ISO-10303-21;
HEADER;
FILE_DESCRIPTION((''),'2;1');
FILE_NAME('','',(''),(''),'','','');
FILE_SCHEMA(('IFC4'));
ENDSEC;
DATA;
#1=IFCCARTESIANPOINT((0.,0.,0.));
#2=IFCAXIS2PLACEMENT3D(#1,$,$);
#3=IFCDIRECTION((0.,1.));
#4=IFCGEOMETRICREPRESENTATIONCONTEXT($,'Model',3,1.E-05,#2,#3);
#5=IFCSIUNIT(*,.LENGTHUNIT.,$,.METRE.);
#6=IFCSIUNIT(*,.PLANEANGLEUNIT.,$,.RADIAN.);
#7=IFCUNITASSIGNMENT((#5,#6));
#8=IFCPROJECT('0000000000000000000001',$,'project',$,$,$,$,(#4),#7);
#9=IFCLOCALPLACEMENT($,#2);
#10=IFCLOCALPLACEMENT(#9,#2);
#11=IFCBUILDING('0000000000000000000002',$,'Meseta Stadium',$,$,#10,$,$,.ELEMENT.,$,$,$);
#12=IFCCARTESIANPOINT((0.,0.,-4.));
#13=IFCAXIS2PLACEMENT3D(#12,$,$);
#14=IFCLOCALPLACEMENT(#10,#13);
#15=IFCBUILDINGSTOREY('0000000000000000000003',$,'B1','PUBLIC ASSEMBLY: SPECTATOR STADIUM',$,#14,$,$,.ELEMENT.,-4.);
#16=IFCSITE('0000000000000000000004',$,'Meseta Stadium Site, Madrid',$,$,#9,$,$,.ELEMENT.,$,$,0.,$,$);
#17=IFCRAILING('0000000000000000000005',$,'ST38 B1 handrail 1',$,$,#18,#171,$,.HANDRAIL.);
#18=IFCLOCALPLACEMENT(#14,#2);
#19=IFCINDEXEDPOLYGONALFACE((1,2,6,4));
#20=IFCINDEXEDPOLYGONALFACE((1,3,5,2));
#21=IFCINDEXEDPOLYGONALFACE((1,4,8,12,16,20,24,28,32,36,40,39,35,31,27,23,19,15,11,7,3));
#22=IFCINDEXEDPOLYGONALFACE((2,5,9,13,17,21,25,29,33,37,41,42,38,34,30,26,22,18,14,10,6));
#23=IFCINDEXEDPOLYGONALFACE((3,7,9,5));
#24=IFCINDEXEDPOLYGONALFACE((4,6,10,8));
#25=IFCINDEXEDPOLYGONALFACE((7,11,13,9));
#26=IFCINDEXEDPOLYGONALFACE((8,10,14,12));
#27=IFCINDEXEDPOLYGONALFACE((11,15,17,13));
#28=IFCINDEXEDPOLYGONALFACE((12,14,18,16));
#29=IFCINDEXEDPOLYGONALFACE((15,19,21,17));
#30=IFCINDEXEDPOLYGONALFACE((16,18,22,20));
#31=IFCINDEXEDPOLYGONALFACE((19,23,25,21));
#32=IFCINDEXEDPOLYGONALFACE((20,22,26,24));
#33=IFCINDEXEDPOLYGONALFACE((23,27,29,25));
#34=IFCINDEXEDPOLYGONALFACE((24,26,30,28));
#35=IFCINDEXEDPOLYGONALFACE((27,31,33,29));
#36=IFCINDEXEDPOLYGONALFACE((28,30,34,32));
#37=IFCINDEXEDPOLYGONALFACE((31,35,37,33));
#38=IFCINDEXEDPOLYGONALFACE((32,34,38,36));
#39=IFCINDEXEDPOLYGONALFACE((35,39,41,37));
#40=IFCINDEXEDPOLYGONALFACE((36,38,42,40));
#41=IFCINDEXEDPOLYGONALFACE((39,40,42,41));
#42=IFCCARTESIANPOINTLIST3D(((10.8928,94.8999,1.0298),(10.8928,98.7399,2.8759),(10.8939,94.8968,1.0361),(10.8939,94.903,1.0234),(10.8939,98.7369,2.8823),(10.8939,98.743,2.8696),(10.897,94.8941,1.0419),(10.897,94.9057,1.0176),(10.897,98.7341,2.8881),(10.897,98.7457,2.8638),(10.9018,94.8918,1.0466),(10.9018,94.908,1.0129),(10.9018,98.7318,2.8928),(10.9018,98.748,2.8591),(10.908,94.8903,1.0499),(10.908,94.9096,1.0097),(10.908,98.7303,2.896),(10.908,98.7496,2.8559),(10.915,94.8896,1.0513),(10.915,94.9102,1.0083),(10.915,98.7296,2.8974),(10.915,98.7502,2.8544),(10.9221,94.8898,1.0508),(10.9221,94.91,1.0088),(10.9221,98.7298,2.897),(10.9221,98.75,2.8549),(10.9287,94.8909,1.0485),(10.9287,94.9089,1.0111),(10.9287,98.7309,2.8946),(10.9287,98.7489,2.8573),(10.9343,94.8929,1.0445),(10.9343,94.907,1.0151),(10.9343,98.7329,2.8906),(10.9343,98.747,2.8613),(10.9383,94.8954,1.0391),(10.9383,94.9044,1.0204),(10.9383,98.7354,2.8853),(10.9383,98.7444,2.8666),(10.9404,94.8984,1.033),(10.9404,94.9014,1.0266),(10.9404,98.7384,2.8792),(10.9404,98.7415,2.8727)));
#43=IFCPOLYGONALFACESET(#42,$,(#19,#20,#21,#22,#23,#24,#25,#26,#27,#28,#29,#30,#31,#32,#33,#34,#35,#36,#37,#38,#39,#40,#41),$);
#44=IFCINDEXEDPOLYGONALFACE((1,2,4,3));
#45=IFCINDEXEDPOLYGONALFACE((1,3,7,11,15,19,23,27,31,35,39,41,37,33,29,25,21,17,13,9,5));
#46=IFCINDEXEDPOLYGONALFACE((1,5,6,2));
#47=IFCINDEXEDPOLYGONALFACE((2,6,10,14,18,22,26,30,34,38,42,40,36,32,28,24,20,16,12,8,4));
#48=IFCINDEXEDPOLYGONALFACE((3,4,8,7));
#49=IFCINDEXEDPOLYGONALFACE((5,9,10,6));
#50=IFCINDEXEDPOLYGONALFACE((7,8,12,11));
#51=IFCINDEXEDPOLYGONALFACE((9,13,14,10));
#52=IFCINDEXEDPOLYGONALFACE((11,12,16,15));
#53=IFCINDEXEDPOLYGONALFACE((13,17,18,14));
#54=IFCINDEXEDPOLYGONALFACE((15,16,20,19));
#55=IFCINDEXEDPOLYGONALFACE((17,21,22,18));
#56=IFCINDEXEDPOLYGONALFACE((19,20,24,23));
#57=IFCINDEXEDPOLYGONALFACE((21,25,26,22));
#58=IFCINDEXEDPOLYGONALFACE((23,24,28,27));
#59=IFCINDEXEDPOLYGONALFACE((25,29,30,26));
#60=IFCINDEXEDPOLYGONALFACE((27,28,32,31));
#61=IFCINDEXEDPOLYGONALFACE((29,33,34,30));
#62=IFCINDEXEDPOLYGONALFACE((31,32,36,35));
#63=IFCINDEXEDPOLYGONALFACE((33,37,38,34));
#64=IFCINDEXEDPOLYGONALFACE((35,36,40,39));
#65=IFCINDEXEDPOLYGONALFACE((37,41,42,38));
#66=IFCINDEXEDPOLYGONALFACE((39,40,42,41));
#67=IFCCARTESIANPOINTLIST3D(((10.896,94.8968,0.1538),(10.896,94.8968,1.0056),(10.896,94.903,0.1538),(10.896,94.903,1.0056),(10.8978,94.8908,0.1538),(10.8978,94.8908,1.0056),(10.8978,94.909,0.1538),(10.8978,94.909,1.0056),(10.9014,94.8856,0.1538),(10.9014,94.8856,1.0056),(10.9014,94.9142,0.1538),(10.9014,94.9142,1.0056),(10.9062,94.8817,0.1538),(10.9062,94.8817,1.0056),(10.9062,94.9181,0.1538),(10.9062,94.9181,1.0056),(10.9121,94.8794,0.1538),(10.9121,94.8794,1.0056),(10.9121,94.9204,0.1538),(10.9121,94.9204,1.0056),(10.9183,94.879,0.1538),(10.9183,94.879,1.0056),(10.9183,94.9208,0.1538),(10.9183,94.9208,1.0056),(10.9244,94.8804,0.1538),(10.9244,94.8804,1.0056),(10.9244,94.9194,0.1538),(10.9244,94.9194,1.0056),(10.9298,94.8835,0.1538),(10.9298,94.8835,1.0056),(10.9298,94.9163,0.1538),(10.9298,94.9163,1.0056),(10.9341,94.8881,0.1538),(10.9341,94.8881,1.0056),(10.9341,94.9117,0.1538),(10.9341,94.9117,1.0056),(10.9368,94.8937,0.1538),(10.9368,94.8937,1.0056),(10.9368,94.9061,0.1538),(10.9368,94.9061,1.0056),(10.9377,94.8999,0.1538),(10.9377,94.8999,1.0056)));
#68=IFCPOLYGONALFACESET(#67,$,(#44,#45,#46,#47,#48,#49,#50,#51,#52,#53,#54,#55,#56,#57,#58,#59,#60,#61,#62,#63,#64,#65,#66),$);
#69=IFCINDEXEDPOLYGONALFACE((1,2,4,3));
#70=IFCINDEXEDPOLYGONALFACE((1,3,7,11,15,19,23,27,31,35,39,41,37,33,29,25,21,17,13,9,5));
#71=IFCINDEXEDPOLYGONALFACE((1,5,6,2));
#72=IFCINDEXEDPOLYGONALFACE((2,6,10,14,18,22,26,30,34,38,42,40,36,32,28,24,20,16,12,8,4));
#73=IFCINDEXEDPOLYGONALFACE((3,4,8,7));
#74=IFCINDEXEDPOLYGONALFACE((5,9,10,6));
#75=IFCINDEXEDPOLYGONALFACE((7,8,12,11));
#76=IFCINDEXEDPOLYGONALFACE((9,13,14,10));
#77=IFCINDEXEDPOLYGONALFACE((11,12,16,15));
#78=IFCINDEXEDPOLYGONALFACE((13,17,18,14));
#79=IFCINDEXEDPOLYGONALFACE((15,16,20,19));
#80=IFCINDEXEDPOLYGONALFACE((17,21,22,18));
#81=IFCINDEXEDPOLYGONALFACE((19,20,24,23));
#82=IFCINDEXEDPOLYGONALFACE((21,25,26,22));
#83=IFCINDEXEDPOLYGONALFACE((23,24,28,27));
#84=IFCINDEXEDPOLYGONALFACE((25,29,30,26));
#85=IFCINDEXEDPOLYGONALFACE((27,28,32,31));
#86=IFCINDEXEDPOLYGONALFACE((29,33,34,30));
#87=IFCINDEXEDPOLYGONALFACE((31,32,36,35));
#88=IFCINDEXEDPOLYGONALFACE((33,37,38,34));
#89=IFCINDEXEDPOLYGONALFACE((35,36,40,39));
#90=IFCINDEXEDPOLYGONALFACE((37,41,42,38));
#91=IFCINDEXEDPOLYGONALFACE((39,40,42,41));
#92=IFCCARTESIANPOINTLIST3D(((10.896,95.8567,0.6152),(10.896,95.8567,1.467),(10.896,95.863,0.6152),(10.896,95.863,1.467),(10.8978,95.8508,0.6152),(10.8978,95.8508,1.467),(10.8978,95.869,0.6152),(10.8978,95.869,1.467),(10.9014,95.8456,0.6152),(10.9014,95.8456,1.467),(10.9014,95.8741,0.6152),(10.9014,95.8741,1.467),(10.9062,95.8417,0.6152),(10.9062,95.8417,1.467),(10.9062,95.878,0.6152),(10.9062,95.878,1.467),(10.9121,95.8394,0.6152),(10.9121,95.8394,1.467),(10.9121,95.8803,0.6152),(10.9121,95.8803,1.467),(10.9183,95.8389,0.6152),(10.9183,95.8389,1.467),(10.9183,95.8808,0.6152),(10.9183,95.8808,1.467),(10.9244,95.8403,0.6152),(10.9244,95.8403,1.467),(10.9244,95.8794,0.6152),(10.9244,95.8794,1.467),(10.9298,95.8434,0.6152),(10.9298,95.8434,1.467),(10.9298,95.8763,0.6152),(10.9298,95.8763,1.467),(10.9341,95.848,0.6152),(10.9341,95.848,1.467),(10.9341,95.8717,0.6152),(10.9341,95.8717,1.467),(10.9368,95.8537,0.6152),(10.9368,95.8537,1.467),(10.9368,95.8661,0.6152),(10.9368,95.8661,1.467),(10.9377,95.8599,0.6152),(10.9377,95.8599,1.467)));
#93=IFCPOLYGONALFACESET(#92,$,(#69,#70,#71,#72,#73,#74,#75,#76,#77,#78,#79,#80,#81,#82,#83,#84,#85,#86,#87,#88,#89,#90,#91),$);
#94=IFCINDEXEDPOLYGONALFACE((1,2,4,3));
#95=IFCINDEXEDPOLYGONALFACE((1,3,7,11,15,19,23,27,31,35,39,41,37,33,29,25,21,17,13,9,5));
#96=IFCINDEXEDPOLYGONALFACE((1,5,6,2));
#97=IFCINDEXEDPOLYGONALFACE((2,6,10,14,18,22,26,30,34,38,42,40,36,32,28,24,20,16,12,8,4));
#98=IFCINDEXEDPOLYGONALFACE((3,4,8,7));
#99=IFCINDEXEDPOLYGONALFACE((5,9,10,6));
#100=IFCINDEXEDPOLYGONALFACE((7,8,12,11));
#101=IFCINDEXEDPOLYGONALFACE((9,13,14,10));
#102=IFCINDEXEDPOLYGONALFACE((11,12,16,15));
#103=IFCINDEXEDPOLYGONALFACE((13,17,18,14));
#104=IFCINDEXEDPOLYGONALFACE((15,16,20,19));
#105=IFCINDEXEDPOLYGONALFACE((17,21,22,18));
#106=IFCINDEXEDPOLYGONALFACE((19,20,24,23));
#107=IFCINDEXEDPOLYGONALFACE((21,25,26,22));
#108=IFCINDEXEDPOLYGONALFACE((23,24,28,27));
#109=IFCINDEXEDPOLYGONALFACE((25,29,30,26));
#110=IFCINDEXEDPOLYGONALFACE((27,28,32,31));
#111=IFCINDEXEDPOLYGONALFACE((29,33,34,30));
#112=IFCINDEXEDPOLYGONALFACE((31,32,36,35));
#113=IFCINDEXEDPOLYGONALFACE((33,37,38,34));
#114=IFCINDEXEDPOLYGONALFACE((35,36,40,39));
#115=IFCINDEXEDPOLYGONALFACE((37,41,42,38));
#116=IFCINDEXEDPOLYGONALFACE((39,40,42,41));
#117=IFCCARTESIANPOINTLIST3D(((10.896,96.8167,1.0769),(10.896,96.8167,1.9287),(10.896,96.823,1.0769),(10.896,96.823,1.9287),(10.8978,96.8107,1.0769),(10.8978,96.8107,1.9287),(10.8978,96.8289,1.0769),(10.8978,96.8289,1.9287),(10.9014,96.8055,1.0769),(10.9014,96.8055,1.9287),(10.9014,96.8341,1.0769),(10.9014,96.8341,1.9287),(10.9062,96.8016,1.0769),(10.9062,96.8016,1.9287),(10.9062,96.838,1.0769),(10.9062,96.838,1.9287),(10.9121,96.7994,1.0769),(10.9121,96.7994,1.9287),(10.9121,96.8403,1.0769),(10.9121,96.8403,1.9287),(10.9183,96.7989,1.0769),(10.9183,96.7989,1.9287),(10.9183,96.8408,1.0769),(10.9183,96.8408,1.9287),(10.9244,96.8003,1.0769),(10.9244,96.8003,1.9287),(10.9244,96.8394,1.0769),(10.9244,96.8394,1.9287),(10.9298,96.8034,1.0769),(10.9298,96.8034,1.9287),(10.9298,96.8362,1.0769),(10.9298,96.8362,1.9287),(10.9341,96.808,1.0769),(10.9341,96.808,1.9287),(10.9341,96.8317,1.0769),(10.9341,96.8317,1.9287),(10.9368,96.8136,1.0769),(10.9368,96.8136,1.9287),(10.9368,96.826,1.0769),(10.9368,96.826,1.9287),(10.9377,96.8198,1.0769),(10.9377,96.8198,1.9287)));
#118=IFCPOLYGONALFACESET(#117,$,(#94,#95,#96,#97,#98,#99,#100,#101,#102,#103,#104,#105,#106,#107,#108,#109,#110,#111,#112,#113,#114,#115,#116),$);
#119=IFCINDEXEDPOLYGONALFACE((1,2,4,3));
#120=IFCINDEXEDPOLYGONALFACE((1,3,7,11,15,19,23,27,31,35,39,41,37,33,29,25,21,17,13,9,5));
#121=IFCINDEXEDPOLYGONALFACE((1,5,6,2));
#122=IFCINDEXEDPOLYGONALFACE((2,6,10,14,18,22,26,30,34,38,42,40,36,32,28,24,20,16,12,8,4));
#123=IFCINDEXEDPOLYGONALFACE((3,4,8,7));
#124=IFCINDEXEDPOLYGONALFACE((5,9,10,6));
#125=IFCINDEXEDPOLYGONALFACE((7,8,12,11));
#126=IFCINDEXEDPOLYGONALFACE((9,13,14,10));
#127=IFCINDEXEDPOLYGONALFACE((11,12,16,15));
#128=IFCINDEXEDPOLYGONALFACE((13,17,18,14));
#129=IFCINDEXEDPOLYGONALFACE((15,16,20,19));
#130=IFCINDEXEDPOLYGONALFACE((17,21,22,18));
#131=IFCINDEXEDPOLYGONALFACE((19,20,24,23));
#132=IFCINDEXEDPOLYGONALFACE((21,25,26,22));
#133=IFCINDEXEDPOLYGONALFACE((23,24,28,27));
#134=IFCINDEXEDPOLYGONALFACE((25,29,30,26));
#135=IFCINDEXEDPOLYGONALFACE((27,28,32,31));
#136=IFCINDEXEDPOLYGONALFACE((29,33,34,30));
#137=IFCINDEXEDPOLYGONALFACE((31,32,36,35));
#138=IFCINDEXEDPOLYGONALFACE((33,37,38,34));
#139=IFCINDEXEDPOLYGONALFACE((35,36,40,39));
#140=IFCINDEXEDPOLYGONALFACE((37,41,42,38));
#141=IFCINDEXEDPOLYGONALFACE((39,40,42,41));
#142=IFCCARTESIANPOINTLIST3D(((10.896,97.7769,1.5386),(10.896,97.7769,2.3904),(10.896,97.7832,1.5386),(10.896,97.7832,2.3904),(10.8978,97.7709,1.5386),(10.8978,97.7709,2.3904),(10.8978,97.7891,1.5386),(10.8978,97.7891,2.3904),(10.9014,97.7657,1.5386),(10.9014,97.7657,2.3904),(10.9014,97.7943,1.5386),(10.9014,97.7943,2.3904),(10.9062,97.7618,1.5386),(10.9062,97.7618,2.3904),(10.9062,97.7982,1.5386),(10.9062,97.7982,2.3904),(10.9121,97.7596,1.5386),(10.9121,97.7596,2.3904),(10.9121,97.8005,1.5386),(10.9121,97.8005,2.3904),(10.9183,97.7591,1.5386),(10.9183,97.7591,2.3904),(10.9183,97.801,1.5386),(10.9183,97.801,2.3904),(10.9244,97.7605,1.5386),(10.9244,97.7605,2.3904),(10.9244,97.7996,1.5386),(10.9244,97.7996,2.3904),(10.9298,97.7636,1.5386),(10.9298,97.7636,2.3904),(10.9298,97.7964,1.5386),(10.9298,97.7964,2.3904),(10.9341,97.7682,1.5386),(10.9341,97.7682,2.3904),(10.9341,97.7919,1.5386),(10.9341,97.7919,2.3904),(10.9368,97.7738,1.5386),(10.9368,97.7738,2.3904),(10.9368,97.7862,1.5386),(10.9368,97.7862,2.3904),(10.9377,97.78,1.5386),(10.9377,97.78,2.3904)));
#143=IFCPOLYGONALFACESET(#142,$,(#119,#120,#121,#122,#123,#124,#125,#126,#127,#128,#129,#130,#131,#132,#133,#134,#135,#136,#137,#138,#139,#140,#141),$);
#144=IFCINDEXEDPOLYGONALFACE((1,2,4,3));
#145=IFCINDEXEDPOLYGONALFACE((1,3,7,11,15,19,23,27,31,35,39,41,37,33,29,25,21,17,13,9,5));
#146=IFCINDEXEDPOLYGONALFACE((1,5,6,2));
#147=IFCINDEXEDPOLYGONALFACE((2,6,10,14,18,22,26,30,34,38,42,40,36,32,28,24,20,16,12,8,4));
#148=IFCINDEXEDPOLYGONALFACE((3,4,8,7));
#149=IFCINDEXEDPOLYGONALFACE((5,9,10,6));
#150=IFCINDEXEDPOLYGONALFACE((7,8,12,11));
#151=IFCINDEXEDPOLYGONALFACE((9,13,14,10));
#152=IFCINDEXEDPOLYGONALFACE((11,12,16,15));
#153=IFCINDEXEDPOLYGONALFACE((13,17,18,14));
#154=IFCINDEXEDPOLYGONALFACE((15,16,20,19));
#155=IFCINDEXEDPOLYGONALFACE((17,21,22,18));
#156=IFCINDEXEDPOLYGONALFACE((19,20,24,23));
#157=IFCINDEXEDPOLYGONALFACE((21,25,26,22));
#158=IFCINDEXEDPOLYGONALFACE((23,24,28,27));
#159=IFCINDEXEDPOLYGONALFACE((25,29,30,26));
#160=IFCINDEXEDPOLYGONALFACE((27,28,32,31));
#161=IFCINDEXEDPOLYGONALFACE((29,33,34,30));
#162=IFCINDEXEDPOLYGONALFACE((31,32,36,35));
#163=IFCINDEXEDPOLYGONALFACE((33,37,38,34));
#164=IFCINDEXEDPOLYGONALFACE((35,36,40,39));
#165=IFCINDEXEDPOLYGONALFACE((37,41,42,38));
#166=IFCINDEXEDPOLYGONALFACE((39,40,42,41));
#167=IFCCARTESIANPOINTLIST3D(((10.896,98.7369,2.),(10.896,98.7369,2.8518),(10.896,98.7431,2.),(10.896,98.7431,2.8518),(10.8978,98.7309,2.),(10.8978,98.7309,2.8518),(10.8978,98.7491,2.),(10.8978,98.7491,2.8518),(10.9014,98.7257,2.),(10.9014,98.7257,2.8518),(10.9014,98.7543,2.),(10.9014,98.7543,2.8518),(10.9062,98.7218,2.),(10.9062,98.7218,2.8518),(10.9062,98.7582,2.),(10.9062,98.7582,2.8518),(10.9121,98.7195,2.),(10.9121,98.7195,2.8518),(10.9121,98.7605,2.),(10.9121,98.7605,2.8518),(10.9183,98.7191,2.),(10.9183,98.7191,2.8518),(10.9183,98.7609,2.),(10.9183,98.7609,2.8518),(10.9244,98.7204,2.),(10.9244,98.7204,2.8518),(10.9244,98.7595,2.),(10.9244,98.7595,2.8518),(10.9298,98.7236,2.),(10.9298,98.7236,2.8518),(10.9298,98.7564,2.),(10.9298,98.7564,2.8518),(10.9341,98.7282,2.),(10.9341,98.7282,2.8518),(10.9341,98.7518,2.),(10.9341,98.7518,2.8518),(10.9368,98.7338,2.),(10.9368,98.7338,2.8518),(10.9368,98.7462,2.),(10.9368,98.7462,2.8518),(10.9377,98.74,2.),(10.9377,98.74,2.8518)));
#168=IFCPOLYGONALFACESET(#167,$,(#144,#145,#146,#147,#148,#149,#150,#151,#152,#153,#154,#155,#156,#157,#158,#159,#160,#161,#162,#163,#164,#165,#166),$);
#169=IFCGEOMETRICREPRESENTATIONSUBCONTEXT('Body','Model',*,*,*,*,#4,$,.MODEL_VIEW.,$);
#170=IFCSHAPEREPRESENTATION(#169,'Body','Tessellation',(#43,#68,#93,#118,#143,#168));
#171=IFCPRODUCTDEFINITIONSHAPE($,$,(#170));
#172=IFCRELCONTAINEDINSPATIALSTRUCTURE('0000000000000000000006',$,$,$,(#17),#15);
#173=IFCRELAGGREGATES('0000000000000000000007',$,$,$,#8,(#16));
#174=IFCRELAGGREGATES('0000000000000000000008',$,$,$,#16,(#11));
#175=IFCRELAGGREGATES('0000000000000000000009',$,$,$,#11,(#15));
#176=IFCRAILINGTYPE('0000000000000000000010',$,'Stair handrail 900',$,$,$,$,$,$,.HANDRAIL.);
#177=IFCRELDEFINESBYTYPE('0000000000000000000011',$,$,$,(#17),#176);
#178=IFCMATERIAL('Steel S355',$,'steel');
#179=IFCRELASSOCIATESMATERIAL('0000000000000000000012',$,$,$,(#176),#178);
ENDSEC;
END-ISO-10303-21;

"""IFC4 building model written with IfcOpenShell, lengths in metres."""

from ifc_helpers import new_model, si_unit, direction, frame, origin, origin_2d, place, context, subcontext, project, spatial, circle, extrude, material, type_object, element, save


model = new_model("IFC4")

# Units and contexts
model_context = context("Model", 3, precision=1e-05, world=origin(), true_north=direction((0.0, 1.0)))
body_context = subcontext(model_context, "Body", "Model", "MODEL_VIEW")
ifc_project = project(units=[si_unit("LENGTHUNIT", "METRE"), si_unit("PLANEANGLEUNIT", "RADIAN")], contexts=[model_context])

# Site, building, storey
site_placement = place(None, origin())
site = spatial("IfcSite", under=ifc_project, at=site_placement, Name="Meseta Stadium Site, Madrid", CompositionType="ELEMENT", RefElevation=0.0)
building_placement = place(site_placement, origin())
building = spatial("IfcBuilding", under=site, at=building_placement, Name="Meseta Stadium", CompositionType="ELEMENT")
storey_placement = place(building_placement, frame((0.0, 0.0, -4.0)))
storey = spatial("IfcBuildingStorey", under=building, at=storey_placement, Name="B1", Description="PUBLIC ASSEMBLY: SPECTATOR STADIUM", CompositionType="ELEMENT", Elevation=-4.0)

# Railing
ifc_material_1 = material(Name="Steel S355", Category="steel")
railing_type_1 = type_object("IfcRailingType", Name="Stair handrail 900", PredefinedType="HANDRAIL", material=ifc_material_1)
for number, where, name in (
    (1, (10.9167, 94.8999, 0.1538), "ST38 B1 handrail 1"),
):
    element("IfcRailing", number, at=place(storey_placement, frame(where)), inside=storey, type_object=railing_type_1, Name=name, PredefinedType="HANDRAIL", context=body_context, shape_type="SweptSolid", body=[
        extrude(circle(Radius=0.0239, at=origin_2d()), frame((0.0, 0.0, 0.876), z_axis=(0.0, 0.901253, 0.433294), x_axis=(-1.0, 0.0, 0.0)), (0.0, 0.0, 1.0), 4.2607),
        extrude(circle(Radius=0.021, at=origin_2d()), origin(), (0.0, 0.0, 1.0), 0.8518),
        extrude(circle(Radius=0.021, at=origin_2d()), frame((0.0, 0.96, 0.4614)), (0.0, 0.0, 1.0), 0.8518),
        extrude(circle(Radius=0.021, at=origin_2d()), frame((0.0, 1.9199, 0.9231)), (0.0, 0.0, 1.0), 0.8518),
        extrude(circle(Radius=0.021, at=origin_2d()), frame((0.0, 2.8801, 1.3848)), (0.0, 0.0, 1.0), 0.8518),
        extrude(circle(Radius=0.021, at=origin_2d()), frame((0.0, 3.8401, 1.8462)), (0.0, 0.0, 1.0), 0.8518),
    ])

save(model, "model.ifc")
